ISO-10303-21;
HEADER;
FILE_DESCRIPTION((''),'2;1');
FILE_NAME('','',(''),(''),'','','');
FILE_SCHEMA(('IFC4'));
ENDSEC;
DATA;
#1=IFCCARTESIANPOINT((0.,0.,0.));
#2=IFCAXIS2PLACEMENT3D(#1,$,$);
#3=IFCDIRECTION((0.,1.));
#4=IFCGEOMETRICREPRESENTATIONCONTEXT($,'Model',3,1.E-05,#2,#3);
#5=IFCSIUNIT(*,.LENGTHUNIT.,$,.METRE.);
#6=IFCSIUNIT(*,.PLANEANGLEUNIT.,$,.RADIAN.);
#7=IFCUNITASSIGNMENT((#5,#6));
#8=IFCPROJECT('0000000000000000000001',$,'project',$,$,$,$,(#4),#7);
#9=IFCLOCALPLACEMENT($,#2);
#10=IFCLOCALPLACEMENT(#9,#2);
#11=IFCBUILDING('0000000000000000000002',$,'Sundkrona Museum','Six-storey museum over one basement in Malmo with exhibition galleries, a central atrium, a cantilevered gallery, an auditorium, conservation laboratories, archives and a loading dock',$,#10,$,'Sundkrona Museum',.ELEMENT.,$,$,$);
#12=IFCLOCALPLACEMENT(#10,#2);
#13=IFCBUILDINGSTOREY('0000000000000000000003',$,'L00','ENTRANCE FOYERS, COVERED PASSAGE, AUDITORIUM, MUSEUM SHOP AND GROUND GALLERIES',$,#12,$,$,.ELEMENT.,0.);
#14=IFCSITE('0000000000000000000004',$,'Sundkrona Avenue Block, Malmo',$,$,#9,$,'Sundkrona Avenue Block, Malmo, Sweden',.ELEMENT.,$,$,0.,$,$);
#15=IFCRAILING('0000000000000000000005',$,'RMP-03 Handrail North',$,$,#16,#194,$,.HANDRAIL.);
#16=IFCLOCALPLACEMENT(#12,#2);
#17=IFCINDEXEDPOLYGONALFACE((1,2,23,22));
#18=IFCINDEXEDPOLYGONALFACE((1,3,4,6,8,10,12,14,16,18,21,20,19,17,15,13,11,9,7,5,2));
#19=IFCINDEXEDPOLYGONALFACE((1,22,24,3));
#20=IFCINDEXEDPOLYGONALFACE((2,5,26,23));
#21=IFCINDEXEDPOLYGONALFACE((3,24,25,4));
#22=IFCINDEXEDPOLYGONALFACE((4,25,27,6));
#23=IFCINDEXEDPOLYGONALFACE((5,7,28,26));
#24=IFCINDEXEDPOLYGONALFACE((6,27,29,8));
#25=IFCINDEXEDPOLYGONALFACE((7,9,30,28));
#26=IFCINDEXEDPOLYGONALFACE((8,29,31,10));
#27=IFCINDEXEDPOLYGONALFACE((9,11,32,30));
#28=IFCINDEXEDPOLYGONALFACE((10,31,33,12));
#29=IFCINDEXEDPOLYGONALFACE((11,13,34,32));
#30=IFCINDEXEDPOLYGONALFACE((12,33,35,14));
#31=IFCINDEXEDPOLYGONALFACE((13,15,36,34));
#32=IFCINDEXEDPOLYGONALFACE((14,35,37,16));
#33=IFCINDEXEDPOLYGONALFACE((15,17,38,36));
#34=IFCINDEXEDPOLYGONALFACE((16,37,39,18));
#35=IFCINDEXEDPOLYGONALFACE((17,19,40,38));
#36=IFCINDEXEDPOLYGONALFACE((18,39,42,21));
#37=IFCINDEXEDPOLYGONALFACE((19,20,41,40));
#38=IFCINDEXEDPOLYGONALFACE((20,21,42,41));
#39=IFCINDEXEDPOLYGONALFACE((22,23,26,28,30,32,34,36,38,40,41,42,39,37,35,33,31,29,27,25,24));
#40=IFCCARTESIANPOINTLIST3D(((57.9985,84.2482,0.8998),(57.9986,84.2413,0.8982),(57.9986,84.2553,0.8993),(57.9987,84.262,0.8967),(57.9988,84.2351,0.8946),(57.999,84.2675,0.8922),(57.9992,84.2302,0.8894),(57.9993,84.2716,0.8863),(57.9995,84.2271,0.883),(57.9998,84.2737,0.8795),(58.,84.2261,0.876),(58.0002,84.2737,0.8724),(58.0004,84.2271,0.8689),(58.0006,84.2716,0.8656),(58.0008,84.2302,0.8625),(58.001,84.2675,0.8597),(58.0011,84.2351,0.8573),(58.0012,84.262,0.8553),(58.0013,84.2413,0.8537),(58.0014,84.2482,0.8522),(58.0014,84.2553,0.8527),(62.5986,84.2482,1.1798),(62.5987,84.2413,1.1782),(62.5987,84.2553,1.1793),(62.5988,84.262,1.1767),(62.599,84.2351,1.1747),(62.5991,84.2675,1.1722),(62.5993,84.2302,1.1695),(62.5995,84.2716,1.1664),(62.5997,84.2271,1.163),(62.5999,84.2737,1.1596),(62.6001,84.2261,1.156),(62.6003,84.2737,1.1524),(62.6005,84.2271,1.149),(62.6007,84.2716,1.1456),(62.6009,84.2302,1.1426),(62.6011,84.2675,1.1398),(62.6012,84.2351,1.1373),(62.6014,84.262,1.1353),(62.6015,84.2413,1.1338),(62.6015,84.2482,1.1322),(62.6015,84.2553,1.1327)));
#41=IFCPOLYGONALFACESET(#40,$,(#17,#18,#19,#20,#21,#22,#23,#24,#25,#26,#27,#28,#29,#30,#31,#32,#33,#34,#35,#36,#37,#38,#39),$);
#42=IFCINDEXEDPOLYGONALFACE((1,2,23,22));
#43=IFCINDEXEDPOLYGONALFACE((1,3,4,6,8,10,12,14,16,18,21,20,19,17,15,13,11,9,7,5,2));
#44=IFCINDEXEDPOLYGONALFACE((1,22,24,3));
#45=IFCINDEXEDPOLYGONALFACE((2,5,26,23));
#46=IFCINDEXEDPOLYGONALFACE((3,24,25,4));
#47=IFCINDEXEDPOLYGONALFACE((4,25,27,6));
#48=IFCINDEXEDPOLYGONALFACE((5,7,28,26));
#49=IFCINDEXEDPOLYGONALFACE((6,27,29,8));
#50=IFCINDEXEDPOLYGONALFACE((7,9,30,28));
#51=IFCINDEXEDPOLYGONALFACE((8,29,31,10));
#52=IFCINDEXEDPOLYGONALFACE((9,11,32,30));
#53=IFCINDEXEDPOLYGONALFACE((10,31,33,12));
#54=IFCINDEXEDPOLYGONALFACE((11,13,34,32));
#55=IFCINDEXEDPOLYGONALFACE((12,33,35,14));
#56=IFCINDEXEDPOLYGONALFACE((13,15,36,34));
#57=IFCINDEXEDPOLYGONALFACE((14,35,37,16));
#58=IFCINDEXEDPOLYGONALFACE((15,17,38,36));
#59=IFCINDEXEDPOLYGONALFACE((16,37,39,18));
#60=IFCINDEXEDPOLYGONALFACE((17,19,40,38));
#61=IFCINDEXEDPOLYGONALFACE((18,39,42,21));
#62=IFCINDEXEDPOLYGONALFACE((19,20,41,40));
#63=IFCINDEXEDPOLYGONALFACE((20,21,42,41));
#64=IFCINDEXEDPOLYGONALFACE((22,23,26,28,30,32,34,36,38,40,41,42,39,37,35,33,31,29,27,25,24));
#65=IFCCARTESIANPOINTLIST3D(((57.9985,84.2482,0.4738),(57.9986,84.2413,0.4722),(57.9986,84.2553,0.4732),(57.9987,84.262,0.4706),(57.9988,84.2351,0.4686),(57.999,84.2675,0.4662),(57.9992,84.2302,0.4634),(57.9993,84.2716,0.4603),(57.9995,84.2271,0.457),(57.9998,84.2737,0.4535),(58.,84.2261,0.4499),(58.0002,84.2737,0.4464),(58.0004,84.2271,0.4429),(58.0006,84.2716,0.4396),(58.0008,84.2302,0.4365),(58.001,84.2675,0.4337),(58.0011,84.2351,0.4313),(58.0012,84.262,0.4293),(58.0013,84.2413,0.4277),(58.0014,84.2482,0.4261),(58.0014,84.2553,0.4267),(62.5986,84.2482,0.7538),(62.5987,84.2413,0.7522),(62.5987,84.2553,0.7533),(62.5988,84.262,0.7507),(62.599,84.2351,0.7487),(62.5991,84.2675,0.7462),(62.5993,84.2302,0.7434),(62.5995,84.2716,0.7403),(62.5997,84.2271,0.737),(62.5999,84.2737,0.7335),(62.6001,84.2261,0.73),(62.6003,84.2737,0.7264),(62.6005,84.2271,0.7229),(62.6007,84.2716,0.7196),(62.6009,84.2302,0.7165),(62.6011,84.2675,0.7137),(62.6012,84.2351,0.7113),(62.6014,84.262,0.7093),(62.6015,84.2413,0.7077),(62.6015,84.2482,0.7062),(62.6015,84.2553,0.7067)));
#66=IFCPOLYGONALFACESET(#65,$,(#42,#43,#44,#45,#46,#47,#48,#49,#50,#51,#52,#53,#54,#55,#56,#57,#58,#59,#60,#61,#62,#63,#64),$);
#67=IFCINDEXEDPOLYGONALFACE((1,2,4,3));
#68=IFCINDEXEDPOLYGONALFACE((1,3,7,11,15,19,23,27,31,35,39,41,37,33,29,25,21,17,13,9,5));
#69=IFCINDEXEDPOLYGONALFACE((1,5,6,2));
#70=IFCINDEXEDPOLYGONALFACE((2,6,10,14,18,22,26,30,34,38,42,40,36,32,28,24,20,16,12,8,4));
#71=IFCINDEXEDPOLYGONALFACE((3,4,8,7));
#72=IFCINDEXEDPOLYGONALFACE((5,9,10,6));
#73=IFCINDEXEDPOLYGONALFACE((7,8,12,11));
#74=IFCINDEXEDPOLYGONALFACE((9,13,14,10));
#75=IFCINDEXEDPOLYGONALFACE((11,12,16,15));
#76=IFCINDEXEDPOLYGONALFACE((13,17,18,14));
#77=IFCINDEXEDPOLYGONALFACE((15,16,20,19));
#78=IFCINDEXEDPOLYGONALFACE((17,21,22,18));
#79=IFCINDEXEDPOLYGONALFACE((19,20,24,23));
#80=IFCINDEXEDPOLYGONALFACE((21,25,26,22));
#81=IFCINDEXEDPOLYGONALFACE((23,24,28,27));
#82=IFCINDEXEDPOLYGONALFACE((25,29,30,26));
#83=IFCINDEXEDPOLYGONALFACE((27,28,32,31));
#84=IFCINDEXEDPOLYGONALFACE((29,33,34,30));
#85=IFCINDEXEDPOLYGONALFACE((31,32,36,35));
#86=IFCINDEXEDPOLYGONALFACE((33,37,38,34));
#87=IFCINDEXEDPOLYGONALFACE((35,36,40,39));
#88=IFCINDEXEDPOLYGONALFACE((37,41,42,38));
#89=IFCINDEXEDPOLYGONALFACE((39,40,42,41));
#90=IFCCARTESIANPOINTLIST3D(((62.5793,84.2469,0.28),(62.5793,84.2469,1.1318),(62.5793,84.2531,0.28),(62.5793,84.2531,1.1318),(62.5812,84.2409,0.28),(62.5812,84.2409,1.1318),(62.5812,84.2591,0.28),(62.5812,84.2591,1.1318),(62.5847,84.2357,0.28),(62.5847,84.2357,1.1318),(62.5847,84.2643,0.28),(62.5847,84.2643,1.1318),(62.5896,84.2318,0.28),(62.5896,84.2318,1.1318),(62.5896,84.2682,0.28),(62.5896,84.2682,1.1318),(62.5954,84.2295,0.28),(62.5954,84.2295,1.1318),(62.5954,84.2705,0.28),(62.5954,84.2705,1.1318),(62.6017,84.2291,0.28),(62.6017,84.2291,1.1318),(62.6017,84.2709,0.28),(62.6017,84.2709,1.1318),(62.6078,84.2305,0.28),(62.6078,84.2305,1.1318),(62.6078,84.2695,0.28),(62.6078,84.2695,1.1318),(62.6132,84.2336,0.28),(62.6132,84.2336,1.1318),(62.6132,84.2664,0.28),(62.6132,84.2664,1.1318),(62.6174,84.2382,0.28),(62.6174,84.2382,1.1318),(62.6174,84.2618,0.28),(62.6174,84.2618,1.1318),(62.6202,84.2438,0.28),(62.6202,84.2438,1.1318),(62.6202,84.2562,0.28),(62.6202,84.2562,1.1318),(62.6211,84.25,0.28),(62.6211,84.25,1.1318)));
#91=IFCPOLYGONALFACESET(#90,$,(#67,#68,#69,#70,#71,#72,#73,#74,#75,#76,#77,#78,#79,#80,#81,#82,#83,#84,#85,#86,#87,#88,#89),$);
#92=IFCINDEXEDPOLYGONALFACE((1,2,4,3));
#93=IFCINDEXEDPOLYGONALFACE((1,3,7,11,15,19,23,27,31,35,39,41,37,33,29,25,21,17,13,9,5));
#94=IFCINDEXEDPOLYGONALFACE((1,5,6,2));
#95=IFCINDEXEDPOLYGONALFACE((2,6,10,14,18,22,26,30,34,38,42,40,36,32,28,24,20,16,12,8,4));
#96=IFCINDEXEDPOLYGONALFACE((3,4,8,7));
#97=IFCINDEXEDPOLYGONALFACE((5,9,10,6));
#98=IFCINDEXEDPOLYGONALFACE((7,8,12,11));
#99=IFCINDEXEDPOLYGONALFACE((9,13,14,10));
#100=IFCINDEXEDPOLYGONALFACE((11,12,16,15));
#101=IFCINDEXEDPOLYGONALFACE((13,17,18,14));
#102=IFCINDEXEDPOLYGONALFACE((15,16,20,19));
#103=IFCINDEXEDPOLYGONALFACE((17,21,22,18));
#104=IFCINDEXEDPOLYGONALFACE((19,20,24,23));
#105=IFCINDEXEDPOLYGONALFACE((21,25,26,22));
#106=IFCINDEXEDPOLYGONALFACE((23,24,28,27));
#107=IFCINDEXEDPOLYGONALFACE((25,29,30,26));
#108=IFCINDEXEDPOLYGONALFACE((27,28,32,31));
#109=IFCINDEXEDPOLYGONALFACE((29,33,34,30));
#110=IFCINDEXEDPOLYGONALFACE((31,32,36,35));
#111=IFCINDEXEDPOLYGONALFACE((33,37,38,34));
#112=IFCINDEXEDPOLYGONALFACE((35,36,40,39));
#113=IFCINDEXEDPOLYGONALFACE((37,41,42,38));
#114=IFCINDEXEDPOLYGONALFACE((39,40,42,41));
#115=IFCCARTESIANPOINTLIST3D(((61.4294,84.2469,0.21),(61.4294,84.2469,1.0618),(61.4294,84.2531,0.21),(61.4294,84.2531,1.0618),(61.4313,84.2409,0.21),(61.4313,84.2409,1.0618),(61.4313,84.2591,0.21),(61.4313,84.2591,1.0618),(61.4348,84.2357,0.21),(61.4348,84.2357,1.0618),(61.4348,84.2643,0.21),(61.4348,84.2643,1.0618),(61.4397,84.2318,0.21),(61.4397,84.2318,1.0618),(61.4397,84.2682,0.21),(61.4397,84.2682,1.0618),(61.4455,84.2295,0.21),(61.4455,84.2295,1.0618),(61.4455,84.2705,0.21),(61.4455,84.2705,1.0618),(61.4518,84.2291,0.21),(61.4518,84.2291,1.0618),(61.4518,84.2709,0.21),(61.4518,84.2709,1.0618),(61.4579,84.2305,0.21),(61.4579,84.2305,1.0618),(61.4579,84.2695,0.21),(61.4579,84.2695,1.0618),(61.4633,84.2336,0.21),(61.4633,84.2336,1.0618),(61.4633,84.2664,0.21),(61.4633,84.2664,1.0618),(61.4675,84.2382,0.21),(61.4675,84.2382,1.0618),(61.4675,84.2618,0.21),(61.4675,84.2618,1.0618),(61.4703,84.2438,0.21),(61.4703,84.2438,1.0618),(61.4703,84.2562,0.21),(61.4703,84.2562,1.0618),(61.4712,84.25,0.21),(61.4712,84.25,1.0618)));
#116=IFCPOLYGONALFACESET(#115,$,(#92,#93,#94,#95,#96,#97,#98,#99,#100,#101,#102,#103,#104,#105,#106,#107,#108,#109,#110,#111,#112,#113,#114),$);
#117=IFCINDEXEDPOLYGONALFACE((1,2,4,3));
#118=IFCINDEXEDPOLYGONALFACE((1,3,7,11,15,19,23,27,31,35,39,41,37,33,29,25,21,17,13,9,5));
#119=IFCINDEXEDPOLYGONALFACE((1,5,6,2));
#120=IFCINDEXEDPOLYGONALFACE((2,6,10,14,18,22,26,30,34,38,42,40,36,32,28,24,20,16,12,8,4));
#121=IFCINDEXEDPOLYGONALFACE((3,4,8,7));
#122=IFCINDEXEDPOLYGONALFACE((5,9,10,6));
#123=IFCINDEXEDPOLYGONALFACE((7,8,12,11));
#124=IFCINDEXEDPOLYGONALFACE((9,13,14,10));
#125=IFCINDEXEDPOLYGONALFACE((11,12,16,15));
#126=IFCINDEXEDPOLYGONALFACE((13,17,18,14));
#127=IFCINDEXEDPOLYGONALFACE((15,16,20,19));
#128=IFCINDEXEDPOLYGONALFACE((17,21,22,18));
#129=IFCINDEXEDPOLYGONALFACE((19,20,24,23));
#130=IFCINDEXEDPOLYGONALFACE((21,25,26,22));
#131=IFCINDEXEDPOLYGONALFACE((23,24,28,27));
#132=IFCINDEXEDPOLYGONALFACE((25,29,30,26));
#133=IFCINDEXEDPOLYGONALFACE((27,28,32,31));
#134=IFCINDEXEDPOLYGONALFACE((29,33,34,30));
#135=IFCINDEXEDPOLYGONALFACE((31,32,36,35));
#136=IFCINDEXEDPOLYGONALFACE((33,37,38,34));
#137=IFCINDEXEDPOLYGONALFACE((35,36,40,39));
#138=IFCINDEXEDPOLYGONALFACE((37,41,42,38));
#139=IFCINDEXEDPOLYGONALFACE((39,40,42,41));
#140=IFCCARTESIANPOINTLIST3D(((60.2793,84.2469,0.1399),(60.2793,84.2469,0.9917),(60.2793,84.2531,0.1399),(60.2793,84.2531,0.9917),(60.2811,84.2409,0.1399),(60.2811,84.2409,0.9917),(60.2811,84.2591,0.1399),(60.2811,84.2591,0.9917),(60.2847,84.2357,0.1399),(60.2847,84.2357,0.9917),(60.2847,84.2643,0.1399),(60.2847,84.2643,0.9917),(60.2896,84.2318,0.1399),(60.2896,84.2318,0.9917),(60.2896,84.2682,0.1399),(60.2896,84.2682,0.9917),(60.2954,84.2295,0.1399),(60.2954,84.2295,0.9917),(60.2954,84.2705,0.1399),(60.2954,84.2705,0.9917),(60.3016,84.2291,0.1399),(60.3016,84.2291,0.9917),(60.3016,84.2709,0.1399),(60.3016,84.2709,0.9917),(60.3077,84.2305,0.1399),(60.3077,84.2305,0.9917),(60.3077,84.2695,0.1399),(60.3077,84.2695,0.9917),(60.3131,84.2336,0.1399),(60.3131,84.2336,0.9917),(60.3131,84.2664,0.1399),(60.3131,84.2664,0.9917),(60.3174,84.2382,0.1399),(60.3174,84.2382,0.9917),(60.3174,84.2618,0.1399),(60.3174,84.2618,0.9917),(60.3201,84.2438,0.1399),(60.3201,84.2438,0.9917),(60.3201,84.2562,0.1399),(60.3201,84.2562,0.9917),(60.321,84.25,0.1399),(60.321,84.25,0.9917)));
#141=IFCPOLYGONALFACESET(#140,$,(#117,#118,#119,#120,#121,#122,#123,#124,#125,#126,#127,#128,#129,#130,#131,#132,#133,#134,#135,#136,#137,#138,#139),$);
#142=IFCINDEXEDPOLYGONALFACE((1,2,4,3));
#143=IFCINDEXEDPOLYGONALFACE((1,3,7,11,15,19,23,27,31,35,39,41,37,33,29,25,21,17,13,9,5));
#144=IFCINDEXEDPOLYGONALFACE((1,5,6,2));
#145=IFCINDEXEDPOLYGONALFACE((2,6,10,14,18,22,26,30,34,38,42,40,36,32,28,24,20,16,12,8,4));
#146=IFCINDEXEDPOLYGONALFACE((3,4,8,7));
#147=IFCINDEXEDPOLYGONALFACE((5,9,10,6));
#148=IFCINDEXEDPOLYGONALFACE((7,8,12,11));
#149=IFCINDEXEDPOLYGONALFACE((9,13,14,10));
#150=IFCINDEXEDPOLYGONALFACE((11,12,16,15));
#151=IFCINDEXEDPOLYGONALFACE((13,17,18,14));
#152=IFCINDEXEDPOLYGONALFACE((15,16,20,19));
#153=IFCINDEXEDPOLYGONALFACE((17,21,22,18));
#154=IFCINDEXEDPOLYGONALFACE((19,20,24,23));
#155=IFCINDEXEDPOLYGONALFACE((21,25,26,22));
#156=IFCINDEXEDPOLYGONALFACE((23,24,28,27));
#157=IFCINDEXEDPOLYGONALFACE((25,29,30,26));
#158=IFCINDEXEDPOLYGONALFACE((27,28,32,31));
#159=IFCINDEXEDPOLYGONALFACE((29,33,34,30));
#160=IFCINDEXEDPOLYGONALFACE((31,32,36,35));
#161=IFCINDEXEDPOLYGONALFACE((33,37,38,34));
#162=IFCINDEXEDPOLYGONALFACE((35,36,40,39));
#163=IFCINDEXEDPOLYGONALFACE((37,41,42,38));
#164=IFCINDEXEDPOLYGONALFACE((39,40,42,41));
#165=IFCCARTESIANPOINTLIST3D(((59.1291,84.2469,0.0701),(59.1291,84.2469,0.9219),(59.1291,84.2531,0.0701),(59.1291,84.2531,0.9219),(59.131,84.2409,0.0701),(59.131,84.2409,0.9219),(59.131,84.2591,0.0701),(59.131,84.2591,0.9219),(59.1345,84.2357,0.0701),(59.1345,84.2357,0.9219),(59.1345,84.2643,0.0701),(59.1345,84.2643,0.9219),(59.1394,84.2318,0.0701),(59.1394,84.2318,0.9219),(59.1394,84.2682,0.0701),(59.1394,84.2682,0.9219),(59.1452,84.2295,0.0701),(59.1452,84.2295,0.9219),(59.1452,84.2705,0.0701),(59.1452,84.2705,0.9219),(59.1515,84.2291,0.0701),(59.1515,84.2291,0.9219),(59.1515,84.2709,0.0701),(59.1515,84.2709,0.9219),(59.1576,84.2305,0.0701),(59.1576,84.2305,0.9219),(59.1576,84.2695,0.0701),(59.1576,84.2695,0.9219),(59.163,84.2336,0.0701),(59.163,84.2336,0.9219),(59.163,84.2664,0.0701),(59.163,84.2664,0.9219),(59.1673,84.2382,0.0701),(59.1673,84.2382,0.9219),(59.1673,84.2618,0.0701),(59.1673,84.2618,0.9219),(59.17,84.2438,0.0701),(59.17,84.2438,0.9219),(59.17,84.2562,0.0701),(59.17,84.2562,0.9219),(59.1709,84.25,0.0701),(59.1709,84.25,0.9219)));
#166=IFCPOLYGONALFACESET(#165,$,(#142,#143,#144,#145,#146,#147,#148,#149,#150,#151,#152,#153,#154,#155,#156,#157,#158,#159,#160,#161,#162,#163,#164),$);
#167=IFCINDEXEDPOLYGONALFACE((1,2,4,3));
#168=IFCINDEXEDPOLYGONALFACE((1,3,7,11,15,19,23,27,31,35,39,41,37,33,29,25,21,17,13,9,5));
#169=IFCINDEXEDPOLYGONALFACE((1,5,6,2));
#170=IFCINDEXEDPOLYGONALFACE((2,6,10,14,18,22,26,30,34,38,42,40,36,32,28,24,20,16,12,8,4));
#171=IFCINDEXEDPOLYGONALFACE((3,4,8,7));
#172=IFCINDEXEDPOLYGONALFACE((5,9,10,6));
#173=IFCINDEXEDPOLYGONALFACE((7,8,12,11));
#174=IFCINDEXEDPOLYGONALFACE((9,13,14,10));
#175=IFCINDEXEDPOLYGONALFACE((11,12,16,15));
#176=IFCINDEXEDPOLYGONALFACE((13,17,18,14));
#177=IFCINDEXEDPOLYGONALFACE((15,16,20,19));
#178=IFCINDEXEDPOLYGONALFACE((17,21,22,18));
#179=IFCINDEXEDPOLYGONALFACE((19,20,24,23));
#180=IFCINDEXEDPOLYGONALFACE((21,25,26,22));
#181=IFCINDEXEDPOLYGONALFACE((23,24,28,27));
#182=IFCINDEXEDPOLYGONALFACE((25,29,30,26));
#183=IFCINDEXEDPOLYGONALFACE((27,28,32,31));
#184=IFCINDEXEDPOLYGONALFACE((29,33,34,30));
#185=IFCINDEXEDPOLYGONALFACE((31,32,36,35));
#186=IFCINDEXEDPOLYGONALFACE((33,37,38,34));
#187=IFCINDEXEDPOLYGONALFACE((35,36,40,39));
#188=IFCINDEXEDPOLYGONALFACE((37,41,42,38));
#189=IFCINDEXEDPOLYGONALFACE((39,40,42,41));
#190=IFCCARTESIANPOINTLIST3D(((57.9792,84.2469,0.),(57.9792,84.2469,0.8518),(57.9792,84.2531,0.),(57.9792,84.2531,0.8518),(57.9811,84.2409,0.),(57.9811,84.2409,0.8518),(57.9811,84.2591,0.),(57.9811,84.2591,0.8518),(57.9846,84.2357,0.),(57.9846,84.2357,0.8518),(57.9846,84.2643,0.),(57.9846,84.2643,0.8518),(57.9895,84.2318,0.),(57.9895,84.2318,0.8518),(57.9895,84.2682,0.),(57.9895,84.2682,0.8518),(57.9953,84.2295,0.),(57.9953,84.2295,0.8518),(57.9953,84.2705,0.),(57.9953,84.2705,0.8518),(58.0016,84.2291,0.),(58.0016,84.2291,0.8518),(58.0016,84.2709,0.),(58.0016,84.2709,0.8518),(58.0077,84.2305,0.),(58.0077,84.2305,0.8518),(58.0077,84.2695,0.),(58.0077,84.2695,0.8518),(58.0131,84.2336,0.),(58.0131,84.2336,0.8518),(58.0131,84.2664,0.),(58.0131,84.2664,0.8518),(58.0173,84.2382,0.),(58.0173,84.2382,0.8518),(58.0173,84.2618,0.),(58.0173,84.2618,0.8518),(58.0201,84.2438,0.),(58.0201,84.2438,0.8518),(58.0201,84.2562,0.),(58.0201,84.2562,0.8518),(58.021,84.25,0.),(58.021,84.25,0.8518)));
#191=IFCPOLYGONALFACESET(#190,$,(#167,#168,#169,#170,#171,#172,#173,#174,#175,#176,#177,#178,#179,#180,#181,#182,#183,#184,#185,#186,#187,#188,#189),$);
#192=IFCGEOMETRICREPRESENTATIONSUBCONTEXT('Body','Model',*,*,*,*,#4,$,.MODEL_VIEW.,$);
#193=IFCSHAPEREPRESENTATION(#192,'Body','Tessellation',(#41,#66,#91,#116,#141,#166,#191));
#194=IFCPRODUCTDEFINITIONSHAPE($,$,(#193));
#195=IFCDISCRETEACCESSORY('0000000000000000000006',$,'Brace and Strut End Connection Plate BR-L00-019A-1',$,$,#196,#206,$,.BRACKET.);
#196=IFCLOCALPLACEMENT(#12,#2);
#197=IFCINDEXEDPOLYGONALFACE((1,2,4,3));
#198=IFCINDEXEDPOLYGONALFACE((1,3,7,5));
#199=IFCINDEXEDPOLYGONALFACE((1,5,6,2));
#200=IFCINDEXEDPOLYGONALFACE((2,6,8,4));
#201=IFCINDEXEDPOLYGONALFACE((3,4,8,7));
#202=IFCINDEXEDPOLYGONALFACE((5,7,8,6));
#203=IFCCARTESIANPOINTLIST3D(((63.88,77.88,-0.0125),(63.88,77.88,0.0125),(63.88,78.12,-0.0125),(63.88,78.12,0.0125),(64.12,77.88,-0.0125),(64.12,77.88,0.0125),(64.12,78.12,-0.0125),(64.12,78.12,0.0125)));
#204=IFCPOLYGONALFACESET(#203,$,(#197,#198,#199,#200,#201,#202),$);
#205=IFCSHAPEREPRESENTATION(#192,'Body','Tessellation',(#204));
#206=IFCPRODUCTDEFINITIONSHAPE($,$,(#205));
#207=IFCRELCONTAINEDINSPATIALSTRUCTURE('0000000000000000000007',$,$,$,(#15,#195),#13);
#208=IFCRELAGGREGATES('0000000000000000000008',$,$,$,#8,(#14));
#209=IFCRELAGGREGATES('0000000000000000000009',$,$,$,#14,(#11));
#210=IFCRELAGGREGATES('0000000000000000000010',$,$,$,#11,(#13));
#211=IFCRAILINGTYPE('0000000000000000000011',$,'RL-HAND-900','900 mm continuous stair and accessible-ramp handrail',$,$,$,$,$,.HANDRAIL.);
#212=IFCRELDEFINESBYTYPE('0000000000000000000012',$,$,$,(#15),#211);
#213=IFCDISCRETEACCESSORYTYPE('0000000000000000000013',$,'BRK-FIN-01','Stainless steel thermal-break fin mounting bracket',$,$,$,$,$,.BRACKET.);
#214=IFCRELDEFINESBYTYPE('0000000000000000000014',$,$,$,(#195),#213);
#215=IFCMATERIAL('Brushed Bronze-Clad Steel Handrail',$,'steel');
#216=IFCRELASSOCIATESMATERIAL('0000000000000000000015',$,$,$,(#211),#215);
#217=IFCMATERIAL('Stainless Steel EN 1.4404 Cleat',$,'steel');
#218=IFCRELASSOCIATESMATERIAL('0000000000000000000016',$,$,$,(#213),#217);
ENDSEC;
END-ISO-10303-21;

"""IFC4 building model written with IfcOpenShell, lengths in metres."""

from ifc_helpers import new_model, si_unit, direction, frame, origin, origin_2d, place, context, subcontext, project, spatial, rectangle, circle, extrude, material, type_object, element, save


model = new_model("IFC4")

# Units and contexts
model_context = context("Model", 3, precision=1e-05, world=origin(), true_north=direction((0.0, 1.0)))
body_context = subcontext(model_context, "Body", "Model", "MODEL_VIEW")
ifc_project = project(units=[si_unit("LENGTHUNIT", "METRE"), si_unit("PLANEANGLEUNIT", "RADIAN")], contexts=[model_context])

# Site, building, storey
site_placement = place(None, origin())
site = spatial("IfcSite", under=ifc_project, at=site_placement, Name="Sundkrona Avenue Block, Malmo", LongName="Sundkrona Avenue Block, Malmo, Sweden", CompositionType="ELEMENT", RefElevation=0.0)
building_placement = place(site_placement, origin())
building = spatial("IfcBuilding", under=site, at=building_placement, Name="Sundkrona Museum", Description="Six-storey museum over one basement in Malmo with exhibition galleries, a central atrium, a cantilevered gallery, an auditorium, conservation laboratories, archives and a loading dock", LongName="Sundkrona Museum", CompositionType="ELEMENT")
storey_placement = place(building_placement, origin())
storey = spatial("IfcBuildingStorey", under=building, at=storey_placement, Name="L00", Description="ENTRANCE FOYERS, COVERED PASSAGE, AUDITORIUM, MUSEUM SHOP AND GROUND GALLERIES", CompositionType="ELEMENT", Elevation=0.0)

# Railing
ifc_material_1 = material(Name="Brushed Bronze-Clad Steel Handrail", Category="steel")
railing_type = type_object("IfcRailingType", Name="RL-HAND-900", Description="900 mm continuous stair and accessible-ramp handrail", PredefinedType="HANDRAIL", material=ifc_material_1)
railing_placement = place(storey_placement, frame((62.6001, 84.25, 0.28)))
element("IfcRailing", 1, at=railing_placement, inside=storey, type_object=railing_type, Name="RMP-03 Handrail North", PredefinedType="HANDRAIL", context=body_context, shape_type="SweptSolid", body=[
    extrude(circle(Radius=0.0239, at=origin_2d()), frame((0.0, 0.0, 0.876), z_axis=(-0.998152, 0.0, -0.060762), x_axis=(0.0, -1.0, 0.0)), (0.0, 0.0, 1.0), 4.6086),
    extrude(circle(Radius=0.0239, at=origin_2d()), frame((0.0, 0.0, 0.45), z_axis=(-0.998152, 0.0, -0.060762), x_axis=(0.0, -1.0, 0.0)), (0.0, 0.0, 1.0), 4.6086),
    extrude(circle(Radius=0.021, at=origin_2d()), origin(), (0.0, 0.0, 1.0), 0.8518),
    extrude(circle(Radius=0.021, at=origin_2d()), frame((-1.1499, 0.0, -0.0701)), (0.0, 0.0, 1.0), 0.8518),
    extrude(circle(Radius=0.021, at=origin_2d()), frame((-2.3, 0.0, -0.1401)), (0.0, 0.0, 1.0), 0.8518),
    extrude(circle(Radius=0.021, at=origin_2d()), frame((-3.4502, 0.0, -0.21)), (0.0, 0.0, 1.0), 0.8518),
    extrude(circle(Radius=0.021, at=origin_2d()), frame((-4.6001, 0.0, -0.28)), (0.0, 0.0, 1.0), 0.8518),
])

# Discrete accessory
ifc_material_2 = material(Name="Stainless Steel EN 1.4404 Cleat", Category="steel")
discrete_accessory_type = type_object("IfcDiscreteAccessoryType", Name="BRK-FIN-01", Description="Stainless steel thermal-break fin mounting bracket", PredefinedType="BRACKET", material=ifc_material_2)
for number, where, z_axis, x_axis, name in (
    (2, (64.0, 78.0, -0.0125), (0.0, 0.0, 1.0), (1.0, 0.0, 0.0), "Brace and Strut End Connection Plate BR-L00-019A-1"),
):
    element("IfcDiscreteAccessory", number, at=place(storey_placement, frame(where, z_axis=z_axis, x_axis=x_axis)), inside=storey, type_object=discrete_accessory_type, Name=name, PredefinedType="BRACKET", context=body_context, shape_type="SweptSolid", body=[
        extrude(rectangle(XDim=0.24, YDim=0.24, at=origin_2d()), origin(), (0.0, 0.0, 1.0), 0.0249),
    ])

save(model, "model.ifc")
